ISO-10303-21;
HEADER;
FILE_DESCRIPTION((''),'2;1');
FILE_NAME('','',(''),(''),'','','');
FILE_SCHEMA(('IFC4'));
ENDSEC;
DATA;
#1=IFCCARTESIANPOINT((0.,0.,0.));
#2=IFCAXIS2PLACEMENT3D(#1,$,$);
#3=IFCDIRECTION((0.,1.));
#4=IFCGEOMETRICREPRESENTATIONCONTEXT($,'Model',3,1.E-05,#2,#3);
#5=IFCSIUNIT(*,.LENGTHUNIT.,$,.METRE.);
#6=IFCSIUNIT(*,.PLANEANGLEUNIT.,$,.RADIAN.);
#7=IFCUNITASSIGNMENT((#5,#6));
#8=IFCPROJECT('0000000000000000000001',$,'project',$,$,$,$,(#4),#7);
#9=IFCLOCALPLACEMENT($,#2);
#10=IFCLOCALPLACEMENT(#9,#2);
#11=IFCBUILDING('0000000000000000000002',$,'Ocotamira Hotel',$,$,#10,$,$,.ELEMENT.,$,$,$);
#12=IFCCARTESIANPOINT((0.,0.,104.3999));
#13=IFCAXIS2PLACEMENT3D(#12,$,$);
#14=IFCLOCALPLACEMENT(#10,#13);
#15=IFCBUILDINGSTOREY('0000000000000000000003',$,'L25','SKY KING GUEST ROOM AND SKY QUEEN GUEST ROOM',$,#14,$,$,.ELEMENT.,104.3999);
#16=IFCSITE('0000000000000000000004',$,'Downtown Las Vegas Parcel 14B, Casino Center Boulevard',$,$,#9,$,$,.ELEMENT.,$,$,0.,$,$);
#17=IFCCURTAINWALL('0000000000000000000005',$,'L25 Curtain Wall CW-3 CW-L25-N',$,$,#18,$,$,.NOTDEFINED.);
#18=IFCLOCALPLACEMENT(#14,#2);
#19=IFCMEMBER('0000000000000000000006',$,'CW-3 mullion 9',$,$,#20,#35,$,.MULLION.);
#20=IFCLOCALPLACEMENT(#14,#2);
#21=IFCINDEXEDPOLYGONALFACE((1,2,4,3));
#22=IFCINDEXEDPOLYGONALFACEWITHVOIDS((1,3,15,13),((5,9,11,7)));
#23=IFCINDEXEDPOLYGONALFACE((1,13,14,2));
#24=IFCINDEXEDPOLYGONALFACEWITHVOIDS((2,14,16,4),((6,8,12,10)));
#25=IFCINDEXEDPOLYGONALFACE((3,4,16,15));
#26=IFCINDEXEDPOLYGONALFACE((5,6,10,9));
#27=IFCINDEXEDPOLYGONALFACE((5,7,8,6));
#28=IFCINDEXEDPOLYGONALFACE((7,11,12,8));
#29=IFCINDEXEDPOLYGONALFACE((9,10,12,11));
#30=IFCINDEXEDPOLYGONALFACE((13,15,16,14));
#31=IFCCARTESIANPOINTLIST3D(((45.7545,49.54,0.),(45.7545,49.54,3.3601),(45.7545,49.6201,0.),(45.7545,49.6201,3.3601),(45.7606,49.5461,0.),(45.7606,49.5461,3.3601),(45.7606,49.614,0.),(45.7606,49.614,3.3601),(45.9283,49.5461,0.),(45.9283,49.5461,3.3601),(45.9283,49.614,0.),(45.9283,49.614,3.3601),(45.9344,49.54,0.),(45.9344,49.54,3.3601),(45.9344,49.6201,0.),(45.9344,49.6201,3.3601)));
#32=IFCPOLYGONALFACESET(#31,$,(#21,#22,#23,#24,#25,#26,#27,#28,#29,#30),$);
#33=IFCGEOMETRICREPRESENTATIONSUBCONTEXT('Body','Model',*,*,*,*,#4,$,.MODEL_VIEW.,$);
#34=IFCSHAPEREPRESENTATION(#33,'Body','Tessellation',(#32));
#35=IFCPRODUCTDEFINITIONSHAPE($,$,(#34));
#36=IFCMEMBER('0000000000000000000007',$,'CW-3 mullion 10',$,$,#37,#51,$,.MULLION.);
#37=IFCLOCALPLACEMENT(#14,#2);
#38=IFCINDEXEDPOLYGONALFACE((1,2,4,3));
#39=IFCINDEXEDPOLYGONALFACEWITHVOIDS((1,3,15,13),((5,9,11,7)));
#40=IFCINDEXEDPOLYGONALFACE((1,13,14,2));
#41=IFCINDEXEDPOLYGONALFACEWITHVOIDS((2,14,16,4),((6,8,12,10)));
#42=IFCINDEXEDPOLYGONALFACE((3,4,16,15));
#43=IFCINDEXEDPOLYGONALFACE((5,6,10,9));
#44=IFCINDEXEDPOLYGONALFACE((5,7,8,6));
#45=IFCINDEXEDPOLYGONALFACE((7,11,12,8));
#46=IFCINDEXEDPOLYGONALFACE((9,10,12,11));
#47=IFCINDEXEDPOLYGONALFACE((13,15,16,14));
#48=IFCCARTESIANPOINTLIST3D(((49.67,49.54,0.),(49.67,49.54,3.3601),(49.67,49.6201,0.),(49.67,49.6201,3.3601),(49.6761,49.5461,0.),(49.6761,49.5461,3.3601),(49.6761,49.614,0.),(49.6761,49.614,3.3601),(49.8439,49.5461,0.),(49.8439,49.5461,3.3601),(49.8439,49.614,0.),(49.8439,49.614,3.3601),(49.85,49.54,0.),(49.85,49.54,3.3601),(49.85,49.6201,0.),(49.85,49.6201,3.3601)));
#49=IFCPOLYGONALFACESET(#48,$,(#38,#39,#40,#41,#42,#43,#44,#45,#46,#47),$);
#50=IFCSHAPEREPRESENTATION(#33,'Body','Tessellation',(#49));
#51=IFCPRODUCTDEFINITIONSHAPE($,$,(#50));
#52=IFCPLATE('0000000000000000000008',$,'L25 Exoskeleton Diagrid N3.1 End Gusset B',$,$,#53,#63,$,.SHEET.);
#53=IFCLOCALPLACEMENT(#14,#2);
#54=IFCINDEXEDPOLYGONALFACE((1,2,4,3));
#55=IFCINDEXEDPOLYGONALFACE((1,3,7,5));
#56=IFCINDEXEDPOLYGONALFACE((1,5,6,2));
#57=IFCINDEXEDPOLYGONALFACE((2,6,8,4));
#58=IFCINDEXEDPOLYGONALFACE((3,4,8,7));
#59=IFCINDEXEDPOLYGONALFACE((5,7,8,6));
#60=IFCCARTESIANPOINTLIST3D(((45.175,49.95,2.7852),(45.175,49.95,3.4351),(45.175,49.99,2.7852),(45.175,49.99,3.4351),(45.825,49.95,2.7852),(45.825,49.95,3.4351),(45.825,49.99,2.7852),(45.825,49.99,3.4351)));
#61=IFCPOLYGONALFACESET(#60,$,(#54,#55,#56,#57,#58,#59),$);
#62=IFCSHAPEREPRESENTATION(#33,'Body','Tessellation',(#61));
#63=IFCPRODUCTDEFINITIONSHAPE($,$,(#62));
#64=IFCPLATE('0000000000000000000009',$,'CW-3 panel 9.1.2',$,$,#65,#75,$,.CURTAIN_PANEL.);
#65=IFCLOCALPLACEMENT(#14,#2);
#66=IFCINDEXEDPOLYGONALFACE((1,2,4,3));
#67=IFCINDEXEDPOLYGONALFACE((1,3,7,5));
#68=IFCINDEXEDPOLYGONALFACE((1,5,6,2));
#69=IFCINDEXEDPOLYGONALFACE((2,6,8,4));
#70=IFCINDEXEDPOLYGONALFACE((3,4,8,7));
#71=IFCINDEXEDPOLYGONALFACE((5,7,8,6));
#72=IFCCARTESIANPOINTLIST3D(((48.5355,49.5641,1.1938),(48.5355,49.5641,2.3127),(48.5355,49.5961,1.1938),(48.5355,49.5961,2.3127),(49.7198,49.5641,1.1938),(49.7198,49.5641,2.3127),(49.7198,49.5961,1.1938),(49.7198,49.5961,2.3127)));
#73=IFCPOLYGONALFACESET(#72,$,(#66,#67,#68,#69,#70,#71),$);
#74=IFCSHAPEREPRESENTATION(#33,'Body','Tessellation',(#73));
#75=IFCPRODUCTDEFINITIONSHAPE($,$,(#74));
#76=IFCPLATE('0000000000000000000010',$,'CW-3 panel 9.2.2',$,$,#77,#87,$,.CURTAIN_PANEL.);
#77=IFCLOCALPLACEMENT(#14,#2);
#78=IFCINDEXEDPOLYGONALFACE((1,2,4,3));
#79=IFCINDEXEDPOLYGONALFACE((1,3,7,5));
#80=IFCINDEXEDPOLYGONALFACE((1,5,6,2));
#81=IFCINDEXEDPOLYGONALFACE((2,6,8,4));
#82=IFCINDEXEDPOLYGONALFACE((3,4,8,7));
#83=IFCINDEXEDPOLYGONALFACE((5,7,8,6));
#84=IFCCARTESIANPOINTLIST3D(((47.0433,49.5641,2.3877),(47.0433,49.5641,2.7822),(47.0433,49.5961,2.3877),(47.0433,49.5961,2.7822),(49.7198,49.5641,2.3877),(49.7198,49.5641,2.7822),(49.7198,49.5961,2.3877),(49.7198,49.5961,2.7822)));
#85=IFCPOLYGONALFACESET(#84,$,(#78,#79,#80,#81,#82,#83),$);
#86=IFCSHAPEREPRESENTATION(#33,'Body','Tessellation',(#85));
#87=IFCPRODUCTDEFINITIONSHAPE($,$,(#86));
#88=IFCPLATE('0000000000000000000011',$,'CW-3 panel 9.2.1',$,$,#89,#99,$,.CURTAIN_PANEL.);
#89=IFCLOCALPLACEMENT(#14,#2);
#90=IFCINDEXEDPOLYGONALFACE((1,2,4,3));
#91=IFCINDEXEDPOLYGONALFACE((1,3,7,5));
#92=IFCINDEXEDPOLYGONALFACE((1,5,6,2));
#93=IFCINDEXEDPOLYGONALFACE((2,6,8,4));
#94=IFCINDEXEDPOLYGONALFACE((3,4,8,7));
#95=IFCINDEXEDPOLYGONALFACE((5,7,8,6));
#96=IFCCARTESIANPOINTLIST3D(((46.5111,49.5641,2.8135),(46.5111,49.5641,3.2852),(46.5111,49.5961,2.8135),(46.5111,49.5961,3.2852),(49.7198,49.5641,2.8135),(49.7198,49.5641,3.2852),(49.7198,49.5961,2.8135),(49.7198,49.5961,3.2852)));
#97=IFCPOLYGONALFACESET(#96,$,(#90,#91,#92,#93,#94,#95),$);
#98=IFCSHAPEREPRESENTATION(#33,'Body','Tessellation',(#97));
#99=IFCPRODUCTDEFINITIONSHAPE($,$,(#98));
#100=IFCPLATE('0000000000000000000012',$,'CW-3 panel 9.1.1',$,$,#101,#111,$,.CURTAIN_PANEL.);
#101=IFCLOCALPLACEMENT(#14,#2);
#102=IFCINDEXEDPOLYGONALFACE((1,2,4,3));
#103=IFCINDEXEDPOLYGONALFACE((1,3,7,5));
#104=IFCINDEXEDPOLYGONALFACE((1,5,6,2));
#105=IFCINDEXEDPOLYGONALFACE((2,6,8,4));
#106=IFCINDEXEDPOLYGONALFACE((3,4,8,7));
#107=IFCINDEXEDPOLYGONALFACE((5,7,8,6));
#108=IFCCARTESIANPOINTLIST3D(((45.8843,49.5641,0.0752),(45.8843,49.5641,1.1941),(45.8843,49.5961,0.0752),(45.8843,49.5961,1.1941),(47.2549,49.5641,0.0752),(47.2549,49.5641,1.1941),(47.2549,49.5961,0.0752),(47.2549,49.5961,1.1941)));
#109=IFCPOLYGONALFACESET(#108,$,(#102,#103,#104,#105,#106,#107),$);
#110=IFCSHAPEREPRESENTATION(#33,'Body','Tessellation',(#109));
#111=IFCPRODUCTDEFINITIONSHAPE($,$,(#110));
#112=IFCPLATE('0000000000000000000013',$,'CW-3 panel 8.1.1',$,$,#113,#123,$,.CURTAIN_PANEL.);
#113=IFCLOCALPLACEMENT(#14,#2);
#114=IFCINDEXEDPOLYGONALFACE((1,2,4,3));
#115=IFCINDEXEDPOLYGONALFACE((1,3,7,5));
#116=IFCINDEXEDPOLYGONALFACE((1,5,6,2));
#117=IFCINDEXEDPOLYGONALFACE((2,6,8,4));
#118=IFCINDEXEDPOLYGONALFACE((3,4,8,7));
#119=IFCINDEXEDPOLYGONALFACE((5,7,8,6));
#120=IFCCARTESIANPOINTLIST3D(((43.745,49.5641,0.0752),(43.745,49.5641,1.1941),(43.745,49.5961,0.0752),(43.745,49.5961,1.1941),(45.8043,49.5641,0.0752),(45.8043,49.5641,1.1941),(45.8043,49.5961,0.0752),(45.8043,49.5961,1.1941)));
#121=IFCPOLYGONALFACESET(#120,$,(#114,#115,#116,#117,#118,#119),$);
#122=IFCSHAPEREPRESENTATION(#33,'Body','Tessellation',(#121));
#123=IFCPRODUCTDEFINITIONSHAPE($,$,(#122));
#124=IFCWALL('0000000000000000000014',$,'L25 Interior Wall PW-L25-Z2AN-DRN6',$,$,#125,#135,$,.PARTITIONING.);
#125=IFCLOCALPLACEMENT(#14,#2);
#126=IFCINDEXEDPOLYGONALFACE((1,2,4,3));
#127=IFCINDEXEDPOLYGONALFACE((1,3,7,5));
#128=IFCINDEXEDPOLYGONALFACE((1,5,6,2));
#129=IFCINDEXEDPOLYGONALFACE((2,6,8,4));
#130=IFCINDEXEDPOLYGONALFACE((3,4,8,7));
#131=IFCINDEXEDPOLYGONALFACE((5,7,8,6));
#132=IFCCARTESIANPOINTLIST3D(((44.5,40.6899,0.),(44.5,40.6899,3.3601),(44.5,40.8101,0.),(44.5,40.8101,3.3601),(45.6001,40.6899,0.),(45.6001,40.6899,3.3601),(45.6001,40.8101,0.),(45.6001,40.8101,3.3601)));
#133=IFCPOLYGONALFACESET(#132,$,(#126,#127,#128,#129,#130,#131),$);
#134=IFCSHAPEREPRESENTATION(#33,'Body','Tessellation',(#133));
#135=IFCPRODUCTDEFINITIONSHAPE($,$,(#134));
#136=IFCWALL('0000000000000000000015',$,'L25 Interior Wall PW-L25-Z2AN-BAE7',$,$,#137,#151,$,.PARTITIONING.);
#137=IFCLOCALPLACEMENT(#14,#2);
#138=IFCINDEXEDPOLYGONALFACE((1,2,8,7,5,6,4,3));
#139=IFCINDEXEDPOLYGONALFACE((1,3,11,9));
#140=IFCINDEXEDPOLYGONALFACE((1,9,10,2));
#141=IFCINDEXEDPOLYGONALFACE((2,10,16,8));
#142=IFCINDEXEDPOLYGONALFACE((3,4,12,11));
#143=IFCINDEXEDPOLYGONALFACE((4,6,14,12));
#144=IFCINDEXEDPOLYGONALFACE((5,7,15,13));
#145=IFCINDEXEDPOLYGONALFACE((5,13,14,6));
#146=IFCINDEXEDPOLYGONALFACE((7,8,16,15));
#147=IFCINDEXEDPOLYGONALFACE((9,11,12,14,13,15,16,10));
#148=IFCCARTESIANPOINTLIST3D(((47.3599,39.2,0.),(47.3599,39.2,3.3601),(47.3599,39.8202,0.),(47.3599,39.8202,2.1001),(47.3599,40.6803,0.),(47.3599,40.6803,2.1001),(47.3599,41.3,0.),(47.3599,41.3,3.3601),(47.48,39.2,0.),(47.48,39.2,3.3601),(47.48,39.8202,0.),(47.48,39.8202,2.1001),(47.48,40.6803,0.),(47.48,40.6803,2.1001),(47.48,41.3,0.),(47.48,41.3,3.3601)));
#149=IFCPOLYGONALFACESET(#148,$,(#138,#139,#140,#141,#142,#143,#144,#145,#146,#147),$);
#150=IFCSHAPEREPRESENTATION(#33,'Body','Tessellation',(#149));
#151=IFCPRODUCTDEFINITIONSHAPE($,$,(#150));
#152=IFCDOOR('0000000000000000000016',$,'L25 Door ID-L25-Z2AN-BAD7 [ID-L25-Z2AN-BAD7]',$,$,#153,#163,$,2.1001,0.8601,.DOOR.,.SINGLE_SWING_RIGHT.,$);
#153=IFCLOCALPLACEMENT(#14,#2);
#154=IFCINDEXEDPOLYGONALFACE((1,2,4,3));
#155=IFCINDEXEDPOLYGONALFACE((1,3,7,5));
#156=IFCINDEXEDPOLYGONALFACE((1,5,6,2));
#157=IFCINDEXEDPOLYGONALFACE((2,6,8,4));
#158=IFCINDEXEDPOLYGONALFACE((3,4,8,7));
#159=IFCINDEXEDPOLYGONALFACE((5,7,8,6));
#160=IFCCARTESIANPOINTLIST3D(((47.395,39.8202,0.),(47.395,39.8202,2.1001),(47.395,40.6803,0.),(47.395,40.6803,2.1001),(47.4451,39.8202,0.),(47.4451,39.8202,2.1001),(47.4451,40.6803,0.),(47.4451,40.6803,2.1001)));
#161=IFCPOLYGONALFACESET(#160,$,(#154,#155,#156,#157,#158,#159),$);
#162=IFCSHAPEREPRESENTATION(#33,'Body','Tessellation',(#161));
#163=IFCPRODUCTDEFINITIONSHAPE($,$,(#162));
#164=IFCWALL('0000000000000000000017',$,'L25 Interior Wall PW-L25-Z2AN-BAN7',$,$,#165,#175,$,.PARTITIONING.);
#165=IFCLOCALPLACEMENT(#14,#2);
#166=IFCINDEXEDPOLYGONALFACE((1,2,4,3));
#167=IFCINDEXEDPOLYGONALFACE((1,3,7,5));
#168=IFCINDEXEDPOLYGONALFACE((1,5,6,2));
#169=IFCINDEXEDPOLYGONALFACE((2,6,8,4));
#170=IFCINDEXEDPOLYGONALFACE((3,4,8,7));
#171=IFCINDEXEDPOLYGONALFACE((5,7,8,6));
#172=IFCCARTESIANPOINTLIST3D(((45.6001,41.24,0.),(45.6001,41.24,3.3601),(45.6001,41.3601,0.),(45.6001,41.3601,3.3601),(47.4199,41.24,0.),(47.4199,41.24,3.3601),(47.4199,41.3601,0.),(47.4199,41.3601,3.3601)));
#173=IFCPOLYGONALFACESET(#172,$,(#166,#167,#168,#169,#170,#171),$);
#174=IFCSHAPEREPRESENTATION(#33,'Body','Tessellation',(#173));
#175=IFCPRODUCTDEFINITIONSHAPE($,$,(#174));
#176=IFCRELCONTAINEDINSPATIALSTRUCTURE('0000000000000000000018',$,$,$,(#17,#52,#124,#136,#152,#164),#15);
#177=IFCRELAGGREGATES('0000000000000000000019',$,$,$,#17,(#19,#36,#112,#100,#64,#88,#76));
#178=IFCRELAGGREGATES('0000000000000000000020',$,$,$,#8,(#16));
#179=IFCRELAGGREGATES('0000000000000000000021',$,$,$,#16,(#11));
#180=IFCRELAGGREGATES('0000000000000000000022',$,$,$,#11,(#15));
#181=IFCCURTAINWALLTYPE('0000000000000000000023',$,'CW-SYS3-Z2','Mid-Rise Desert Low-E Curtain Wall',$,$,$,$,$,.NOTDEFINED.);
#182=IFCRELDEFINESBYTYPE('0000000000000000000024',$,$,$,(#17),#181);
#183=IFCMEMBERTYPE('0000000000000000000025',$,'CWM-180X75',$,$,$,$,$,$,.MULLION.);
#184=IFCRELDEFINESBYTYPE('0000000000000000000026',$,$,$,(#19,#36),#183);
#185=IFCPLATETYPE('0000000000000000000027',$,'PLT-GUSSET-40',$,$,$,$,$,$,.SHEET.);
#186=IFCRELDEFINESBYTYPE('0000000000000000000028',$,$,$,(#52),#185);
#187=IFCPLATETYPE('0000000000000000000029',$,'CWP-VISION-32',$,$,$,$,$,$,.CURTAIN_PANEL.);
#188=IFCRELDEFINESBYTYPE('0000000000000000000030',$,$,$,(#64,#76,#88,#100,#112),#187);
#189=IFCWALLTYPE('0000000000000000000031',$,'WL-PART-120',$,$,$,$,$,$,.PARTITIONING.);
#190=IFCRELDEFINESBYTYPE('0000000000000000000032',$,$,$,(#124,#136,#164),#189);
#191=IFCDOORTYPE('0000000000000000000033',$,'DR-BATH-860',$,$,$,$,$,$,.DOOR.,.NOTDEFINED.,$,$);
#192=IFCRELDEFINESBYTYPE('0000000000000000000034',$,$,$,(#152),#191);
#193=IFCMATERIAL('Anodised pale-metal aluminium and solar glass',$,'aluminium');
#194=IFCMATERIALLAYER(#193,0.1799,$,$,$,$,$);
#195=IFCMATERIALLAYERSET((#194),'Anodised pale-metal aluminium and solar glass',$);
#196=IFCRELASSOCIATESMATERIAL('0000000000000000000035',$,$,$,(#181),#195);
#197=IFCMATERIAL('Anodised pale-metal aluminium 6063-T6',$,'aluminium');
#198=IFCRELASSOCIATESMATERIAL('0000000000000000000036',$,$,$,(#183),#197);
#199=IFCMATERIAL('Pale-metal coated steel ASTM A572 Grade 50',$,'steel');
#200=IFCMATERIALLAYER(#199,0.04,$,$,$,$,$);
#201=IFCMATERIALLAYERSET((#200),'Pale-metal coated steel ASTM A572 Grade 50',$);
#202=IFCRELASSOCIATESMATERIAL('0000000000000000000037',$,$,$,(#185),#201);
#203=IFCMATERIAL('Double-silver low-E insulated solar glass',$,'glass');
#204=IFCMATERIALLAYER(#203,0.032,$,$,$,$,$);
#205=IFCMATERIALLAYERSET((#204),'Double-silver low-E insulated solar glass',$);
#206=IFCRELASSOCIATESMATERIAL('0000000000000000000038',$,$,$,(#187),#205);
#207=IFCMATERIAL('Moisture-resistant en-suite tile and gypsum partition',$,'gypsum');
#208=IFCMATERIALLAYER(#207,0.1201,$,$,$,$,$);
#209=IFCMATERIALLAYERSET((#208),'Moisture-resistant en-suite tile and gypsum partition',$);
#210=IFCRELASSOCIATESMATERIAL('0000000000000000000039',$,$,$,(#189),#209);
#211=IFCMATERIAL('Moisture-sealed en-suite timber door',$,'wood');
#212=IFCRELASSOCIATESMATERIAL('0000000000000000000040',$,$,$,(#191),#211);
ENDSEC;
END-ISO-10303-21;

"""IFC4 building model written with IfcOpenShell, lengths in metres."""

from ifc_helpers import new_model, si_unit, direction, frame, frame_2d, origin, origin_2d, place, context, subcontext, project, spatial, rectangle, hollow_rectangle, extrude, source, transform, mapped, material, layer, layer_set, material_profile, profile_set, type_object, element, fill, aggregate, save


model = new_model("IFC4")

# Units and contexts
model_context = context("Model", 3, precision=1e-05, world=origin(), true_north=direction((0.0, 1.0)))
body_context = subcontext(model_context, "Body", "Model", "MODEL_VIEW")
ifc_project = project(units=[si_unit("LENGTHUNIT", "METRE"), si_unit("PLANEANGLEUNIT", "RADIAN")], contexts=[model_context])

# Site, building, storey
site_placement = place(None, origin())
site = spatial("IfcSite", under=ifc_project, at=site_placement, Name="Downtown Las Vegas Parcel 14B, Casino Center Boulevard", CompositionType="ELEMENT", RefElevation=0.0)
building_placement = place(site_placement, origin())
building = spatial("IfcBuilding", under=site, at=building_placement, Name="Ocotamira Hotel", CompositionType="ELEMENT")
storey_placement = place(building_placement, frame((0.0, 0.0, 104.3999)))
storey = spatial("IfcBuildingStorey", under=building, at=storey_placement, Name="L25", Description="SKY KING GUEST ROOM AND SKY QUEEN GUEST ROOM", CompositionType="ELEMENT", Elevation=104.3999)

# Curtain wall, members
ifc_material_1 = material(Name="Anodised pale-metal aluminium and solar glass", Category="aluminium")
ifc_layer_1 = layer(ifc_material_1, 0.1799)
ifc_layer_set_1 = layer_set([ifc_layer_1], Name="Anodised pale-metal aluminium and solar glass")
curtain_wall_type = type_object("IfcCurtainWallType", Name="CW-SYS3-Z2", Description="Mid-Rise Desert Low-E Curtain Wall", PredefinedType="NOTDEFINED", material=ifc_layer_set_1)
curtain_wall_placement = place(storey_placement, origin())
curtain_wall = element("IfcCurtainWall", 1, at=curtain_wall_placement, inside=storey, type_object=curtain_wall_type, Name="L25 Curtain Wall CW-3 CW-L25-N", PredefinedType="NOTDEFINED")
ifc_material_2 = material(Name="Anodised pale-metal aluminium 6063-T6", Category="aluminium")
ifc_material_profile_1 = material_profile(ifc_material_2, hollow_rectangle(XDim=0.0801, YDim=0.1799, WallThickness=0.0061, at=origin_2d()), Name="HSS180X80X6")
ifc_profile_set_1 = profile_set([ifc_material_profile_1], Name="Anodised pale-metal aluminium 6063-T6")
member_type_1 = type_object("IfcMemberType", Name="CWM-180X75", PredefinedType="MULLION", material=ifc_profile_set_1)
shared_shape_1 = source(origin(), body_context, "Body", "SweptSolid", [
    extrude(hollow_rectangle(XDim=0.0801, YDim=0.1799, WallThickness=0.0061, at=origin_2d()), origin(), (0.0, 0.0, 1.0), 3.3601),
])
member_1_placement = place(storey_placement, frame((45.8445, 49.5801, 0.0), z_axis=(0.0, 0.0, 1.0), x_axis=(0.0, 1.0, 0.0)))
member_1 = element("IfcMember", 2, at=member_1_placement, type_object=member_type_1, Name="CW-3 mullion 9", PredefinedType="MULLION", context=body_context, shape_type="MappedRepresentation", body=[
    mapped(shared_shape_1, transform((0.0, 0.0, 0.0), scale=1.0)),
])
member_2_placement = place(storey_placement, frame((49.76, 49.5801, 0.0), z_axis=(0.0, 0.0, 1.0), x_axis=(0.0, 1.0, 0.0)))
member_2 = element("IfcMember", 3, at=member_2_placement, type_object=member_type_1, Name="CW-3 mullion 10", PredefinedType="MULLION", context=body_context, shape_type="MappedRepresentation", body=[
    mapped(shared_shape_1, transform((0.0, 0.0, 0.0), scale=1.0)),
])

# Plates
ifc_material_3 = material(Name="Pale-metal coated steel ASTM A572 Grade 50", Category="steel")
ifc_layer_2 = layer(ifc_material_3, 0.04)
ifc_layer_set_2 = layer_set([ifc_layer_2], Name="Pale-metal coated steel ASTM A572 Grade 50")
plate_type_1 = type_object("IfcPlateType", Name="PLT-GUSSET-40", PredefinedType="SHEET", material=ifc_layer_set_2)
shared_shape_2 = source(origin(), body_context, "Body", "SweptSolid", [
    extrude(rectangle(XDim=0.6499, YDim=0.04, at=origin_2d()), origin(), (0.0, 0.0, 1.0), 0.6499),
])
plate_1_placement = place(storey_placement, frame((45.5, 49.97, 2.7852), z_axis=(0.0, 0.0, 1.0), x_axis=(1.0, 0.0, 0.0)))
element("IfcPlate", 4, at=plate_1_placement, inside=storey, type_object=plate_type_1, Name="L25 Exoskeleton Diagrid N3.1 End Gusset B", PredefinedType="SHEET", context=body_context, shape_type="MappedRepresentation", body=[
    mapped(shared_shape_2, transform((0.0, 0.0, 0.0), scale=1.0)),
])
ifc_material_4 = material(Name="Double-silver low-E insulated solar glass", Category="glass")
ifc_layer_3 = layer(ifc_material_4, 0.032)
ifc_layer_set_3 = layer_set([ifc_layer_3], Name="Double-silver low-E insulated solar glass")
plate_type_2 = type_object("IfcPlateType", Name="CWP-VISION-32", PredefinedType="CURTAIN_PANEL", material=ifc_layer_set_3)
shared_shape_3 = source(origin(), body_context, "Body", "SweptSolid", [
    extrude(rectangle(XDim=1.1843, YDim=0.032, at=origin_2d()), origin(), (0.0, 0.0, 1.0), 1.1189),
])
plate_2_placement = place(storey_placement, frame((49.1277, 49.5801, 1.1938), z_axis=(0.0, 0.0, 1.0), x_axis=(1.0, 0.0, 0.0)))
plate_2 = element("IfcPlate", 5, at=plate_2_placement, type_object=plate_type_2, Name="CW-3 panel 9.1.2", PredefinedType="CURTAIN_PANEL", context=body_context, shape_type="MappedRepresentation", body=[
    mapped(shared_shape_3, transform((0.0, 0.0, 0.0), scale=1.0)),
])
shared_shape_4 = source(origin(), body_context, "Body", "SweptSolid", [
    extrude(rectangle(XDim=2.6765, YDim=0.032, at=origin_2d()), origin(), (0.0, 0.0, 1.0), 0.3945),
])
plate_3_placement = place(storey_placement, frame((48.3816, 49.5801, 2.3877), z_axis=(0.0, 0.0, 1.0), x_axis=(1.0, 0.0, 0.0)))
plate_3 = element("IfcPlate", 6, at=plate_3_placement, type_object=plate_type_2, Name="CW-3 panel 9.2.2", PredefinedType="CURTAIN_PANEL", context=body_context, shape_type="MappedRepresentation", body=[
    mapped(shared_shape_4, transform((0.0, 0.0, 0.0), scale=1.0)),
])
shared_shape_5 = source(origin(), body_context, "Body", "SweptSolid", [
    extrude(rectangle(XDim=3.2087, YDim=0.032, at=origin_2d()), origin(), (0.0, 0.0, 1.0), 0.4717),
])
plate_4_placement = place(storey_placement, frame((48.1155, 49.5801, 2.8135), z_axis=(0.0, 0.0, 1.0), x_axis=(1.0, 0.0, 0.0)))
plate_4 = element("IfcPlate", 7, at=plate_4_placement, type_object=plate_type_2, Name="CW-3 panel 9.2.1", PredefinedType="CURTAIN_PANEL", context=body_context, shape_type="MappedRepresentation", body=[
    mapped(shared_shape_5, transform((0.0, 0.0, 0.0), scale=1.0)),
])
shared_shape_6 = source(origin(), body_context, "Body", "SweptSolid", [
    extrude(rectangle(XDim=1.3706, YDim=0.032, at=origin_2d()), origin(), (0.0, 0.0, 1.0), 1.1189),
])
plate_5_placement = place(storey_placement, frame((46.5696, 49.5801, 0.0752), z_axis=(0.0, 0.0, 1.0), x_axis=(1.0, 0.0, 0.0)))
plate_5 = element("IfcPlate", 8, at=plate_5_placement, type_object=plate_type_2, Name="CW-3 panel 9.1.1", PredefinedType="CURTAIN_PANEL", context=body_context, shape_type="MappedRepresentation", body=[
    mapped(shared_shape_6, transform((0.0, 0.0, 0.0), scale=1.0)),
])
shared_shape_7 = source(origin(), body_context, "Body", "SweptSolid", [
    extrude(rectangle(XDim=2.0593, YDim=0.032, at=origin_2d()), origin(), (0.0, 0.0, 1.0), 1.1189),
])
plate_6_placement = place(storey_placement, frame((44.7747, 49.5801, 0.0752), z_axis=(0.0, 0.0, 1.0), x_axis=(1.0, 0.0, 0.0)))
plate_6 = element("IfcPlate", 9, at=plate_6_placement, type_object=plate_type_2, Name="CW-3 panel 8.1.1", PredefinedType="CURTAIN_PANEL", context=body_context, shape_type="MappedRepresentation", body=[
    mapped(shared_shape_7, transform((0.0, 0.0, 0.0), scale=1.0)),
])
aggregate(curtain_wall, [member_1, member_2, plate_6, plate_5, plate_2, plate_4, plate_3])

# Wall
ifc_material_5 = material(Name="Moisture-resistant en-suite tile and gypsum partition", Category="gypsum")
ifc_layer_4 = layer(ifc_material_5, 0.1201)
ifc_layer_set_4 = layer_set([ifc_layer_4], Name="Moisture-resistant en-suite tile and gypsum partition")
wall_type_1 = type_object("IfcWallType", Name="WL-PART-120", PredefinedType="PARTITIONING", material=ifc_layer_set_4)
wall_1_placement = place(storey_placement, frame((44.5, 40.75, 0.0), z_axis=(0.0, 0.0, 1.0), x_axis=(1.0, 0.0, 0.0)))
element("IfcWall", 10, at=wall_1_placement, inside=storey, type_object=wall_type_1, Name="L25 Interior Wall PW-L25-Z2AN-DRN6", PredefinedType="PARTITIONING", context=body_context, shape_type="SweptSolid", body=[
    extrude(rectangle(XDim=1.1001, YDim=0.1201, at=frame_2d((0.55, 0.0))), origin(), (0.0, 0.0, 1.0), 3.3601),
])

# Wall, opening, door
wall_2_placement = place(storey_placement, frame((47.4199, 39.2, 0.0), z_axis=(0.0, 0.0, 1.0), x_axis=(0.0, 1.0, 0.0)))
wall_2 = element("IfcWall", 11, at=wall_2_placement, inside=storey, type_object=wall_type_1, Name="L25 Interior Wall PW-L25-Z2AN-BAE7", PredefinedType="PARTITIONING", context=body_context, shape_type="SweptSolid", body=[
    extrude(rectangle(XDim=2.1001, YDim=0.1201, at=frame_2d((1.05, 0.0))), origin(), (0.0, 0.0, 1.0), 3.3601),
])
opening_placement = place(wall_2_placement, frame((0.6201, 0.0, 0.0)))
opening = element("IfcOpeningElement", 12, at=opening_placement, cuts=wall_2, PredefinedType="OPENING", context=body_context, shape_type="SweptSolid", body=[
    extrude(rectangle(XDim=0.8601, YDim=2.1001, at=frame_2d((0.4302, 1.05))), frame((0.0, 0.0701, 0.0), z_axis=(0.0, -1.0, 0.0), x_axis=(1.0, 0.0, 0.0)), (0.0, 0.0, 1.0), 0.1401),
])
ifc_material_6 = material(Name="Moisture-sealed en-suite timber door", Category="wood")
door_type = type_object("IfcDoorType", Name="DR-BATH-860", OperationType="NOTDEFINED", PredefinedType="DOOR", material=ifc_material_6)
shared_shape_8 = source(origin(), body_context, "Body", "SweptSolid", [
    extrude(rectangle(XDim=0.8601, YDim=2.1001, at=frame_2d((0.4302, 1.05))), frame((0.0, 0.0249, 0.0), z_axis=(0.0, -1.0, 0.0), x_axis=(1.0, 0.0, 0.0)), (0.0, 0.0, 1.0), 0.05),
])
door_placement = place(opening_placement, origin())
door = element("IfcDoor", 13, at=door_placement, inside=storey, type_object=door_type, Name="L25 Door ID-L25-Z2AN-BAD7 [ID-L25-Z2AN-BAD7]", OperationType="SINGLE_SWING_RIGHT", OverallHeight=2.1001, OverallWidth=0.8601, PredefinedType="DOOR", context=body_context, shape_type="MappedRepresentation", body=[
    mapped(shared_shape_8, transform((0.0, 0.0, 0.0), scale=1.0)),
])
fill(opening, door)

# Wall
wall_3_placement = place(storey_placement, frame((45.6001, 41.3, 0.0), z_axis=(0.0, 0.0, 1.0), x_axis=(1.0, 0.0, 0.0)))
element("IfcWall", 14, at=wall_3_placement, inside=storey, type_object=wall_type_1, Name="L25 Interior Wall PW-L25-Z2AN-BAN7", PredefinedType="PARTITIONING", context=body_context, shape_type="SweptSolid", body=[
    extrude(rectangle(XDim=1.8198, YDim=0.1201, at=frame_2d((0.9099, 0.0))), origin(), (0.0, 0.0, 1.0), 3.3601),
])

save(model, "model.ifc")
